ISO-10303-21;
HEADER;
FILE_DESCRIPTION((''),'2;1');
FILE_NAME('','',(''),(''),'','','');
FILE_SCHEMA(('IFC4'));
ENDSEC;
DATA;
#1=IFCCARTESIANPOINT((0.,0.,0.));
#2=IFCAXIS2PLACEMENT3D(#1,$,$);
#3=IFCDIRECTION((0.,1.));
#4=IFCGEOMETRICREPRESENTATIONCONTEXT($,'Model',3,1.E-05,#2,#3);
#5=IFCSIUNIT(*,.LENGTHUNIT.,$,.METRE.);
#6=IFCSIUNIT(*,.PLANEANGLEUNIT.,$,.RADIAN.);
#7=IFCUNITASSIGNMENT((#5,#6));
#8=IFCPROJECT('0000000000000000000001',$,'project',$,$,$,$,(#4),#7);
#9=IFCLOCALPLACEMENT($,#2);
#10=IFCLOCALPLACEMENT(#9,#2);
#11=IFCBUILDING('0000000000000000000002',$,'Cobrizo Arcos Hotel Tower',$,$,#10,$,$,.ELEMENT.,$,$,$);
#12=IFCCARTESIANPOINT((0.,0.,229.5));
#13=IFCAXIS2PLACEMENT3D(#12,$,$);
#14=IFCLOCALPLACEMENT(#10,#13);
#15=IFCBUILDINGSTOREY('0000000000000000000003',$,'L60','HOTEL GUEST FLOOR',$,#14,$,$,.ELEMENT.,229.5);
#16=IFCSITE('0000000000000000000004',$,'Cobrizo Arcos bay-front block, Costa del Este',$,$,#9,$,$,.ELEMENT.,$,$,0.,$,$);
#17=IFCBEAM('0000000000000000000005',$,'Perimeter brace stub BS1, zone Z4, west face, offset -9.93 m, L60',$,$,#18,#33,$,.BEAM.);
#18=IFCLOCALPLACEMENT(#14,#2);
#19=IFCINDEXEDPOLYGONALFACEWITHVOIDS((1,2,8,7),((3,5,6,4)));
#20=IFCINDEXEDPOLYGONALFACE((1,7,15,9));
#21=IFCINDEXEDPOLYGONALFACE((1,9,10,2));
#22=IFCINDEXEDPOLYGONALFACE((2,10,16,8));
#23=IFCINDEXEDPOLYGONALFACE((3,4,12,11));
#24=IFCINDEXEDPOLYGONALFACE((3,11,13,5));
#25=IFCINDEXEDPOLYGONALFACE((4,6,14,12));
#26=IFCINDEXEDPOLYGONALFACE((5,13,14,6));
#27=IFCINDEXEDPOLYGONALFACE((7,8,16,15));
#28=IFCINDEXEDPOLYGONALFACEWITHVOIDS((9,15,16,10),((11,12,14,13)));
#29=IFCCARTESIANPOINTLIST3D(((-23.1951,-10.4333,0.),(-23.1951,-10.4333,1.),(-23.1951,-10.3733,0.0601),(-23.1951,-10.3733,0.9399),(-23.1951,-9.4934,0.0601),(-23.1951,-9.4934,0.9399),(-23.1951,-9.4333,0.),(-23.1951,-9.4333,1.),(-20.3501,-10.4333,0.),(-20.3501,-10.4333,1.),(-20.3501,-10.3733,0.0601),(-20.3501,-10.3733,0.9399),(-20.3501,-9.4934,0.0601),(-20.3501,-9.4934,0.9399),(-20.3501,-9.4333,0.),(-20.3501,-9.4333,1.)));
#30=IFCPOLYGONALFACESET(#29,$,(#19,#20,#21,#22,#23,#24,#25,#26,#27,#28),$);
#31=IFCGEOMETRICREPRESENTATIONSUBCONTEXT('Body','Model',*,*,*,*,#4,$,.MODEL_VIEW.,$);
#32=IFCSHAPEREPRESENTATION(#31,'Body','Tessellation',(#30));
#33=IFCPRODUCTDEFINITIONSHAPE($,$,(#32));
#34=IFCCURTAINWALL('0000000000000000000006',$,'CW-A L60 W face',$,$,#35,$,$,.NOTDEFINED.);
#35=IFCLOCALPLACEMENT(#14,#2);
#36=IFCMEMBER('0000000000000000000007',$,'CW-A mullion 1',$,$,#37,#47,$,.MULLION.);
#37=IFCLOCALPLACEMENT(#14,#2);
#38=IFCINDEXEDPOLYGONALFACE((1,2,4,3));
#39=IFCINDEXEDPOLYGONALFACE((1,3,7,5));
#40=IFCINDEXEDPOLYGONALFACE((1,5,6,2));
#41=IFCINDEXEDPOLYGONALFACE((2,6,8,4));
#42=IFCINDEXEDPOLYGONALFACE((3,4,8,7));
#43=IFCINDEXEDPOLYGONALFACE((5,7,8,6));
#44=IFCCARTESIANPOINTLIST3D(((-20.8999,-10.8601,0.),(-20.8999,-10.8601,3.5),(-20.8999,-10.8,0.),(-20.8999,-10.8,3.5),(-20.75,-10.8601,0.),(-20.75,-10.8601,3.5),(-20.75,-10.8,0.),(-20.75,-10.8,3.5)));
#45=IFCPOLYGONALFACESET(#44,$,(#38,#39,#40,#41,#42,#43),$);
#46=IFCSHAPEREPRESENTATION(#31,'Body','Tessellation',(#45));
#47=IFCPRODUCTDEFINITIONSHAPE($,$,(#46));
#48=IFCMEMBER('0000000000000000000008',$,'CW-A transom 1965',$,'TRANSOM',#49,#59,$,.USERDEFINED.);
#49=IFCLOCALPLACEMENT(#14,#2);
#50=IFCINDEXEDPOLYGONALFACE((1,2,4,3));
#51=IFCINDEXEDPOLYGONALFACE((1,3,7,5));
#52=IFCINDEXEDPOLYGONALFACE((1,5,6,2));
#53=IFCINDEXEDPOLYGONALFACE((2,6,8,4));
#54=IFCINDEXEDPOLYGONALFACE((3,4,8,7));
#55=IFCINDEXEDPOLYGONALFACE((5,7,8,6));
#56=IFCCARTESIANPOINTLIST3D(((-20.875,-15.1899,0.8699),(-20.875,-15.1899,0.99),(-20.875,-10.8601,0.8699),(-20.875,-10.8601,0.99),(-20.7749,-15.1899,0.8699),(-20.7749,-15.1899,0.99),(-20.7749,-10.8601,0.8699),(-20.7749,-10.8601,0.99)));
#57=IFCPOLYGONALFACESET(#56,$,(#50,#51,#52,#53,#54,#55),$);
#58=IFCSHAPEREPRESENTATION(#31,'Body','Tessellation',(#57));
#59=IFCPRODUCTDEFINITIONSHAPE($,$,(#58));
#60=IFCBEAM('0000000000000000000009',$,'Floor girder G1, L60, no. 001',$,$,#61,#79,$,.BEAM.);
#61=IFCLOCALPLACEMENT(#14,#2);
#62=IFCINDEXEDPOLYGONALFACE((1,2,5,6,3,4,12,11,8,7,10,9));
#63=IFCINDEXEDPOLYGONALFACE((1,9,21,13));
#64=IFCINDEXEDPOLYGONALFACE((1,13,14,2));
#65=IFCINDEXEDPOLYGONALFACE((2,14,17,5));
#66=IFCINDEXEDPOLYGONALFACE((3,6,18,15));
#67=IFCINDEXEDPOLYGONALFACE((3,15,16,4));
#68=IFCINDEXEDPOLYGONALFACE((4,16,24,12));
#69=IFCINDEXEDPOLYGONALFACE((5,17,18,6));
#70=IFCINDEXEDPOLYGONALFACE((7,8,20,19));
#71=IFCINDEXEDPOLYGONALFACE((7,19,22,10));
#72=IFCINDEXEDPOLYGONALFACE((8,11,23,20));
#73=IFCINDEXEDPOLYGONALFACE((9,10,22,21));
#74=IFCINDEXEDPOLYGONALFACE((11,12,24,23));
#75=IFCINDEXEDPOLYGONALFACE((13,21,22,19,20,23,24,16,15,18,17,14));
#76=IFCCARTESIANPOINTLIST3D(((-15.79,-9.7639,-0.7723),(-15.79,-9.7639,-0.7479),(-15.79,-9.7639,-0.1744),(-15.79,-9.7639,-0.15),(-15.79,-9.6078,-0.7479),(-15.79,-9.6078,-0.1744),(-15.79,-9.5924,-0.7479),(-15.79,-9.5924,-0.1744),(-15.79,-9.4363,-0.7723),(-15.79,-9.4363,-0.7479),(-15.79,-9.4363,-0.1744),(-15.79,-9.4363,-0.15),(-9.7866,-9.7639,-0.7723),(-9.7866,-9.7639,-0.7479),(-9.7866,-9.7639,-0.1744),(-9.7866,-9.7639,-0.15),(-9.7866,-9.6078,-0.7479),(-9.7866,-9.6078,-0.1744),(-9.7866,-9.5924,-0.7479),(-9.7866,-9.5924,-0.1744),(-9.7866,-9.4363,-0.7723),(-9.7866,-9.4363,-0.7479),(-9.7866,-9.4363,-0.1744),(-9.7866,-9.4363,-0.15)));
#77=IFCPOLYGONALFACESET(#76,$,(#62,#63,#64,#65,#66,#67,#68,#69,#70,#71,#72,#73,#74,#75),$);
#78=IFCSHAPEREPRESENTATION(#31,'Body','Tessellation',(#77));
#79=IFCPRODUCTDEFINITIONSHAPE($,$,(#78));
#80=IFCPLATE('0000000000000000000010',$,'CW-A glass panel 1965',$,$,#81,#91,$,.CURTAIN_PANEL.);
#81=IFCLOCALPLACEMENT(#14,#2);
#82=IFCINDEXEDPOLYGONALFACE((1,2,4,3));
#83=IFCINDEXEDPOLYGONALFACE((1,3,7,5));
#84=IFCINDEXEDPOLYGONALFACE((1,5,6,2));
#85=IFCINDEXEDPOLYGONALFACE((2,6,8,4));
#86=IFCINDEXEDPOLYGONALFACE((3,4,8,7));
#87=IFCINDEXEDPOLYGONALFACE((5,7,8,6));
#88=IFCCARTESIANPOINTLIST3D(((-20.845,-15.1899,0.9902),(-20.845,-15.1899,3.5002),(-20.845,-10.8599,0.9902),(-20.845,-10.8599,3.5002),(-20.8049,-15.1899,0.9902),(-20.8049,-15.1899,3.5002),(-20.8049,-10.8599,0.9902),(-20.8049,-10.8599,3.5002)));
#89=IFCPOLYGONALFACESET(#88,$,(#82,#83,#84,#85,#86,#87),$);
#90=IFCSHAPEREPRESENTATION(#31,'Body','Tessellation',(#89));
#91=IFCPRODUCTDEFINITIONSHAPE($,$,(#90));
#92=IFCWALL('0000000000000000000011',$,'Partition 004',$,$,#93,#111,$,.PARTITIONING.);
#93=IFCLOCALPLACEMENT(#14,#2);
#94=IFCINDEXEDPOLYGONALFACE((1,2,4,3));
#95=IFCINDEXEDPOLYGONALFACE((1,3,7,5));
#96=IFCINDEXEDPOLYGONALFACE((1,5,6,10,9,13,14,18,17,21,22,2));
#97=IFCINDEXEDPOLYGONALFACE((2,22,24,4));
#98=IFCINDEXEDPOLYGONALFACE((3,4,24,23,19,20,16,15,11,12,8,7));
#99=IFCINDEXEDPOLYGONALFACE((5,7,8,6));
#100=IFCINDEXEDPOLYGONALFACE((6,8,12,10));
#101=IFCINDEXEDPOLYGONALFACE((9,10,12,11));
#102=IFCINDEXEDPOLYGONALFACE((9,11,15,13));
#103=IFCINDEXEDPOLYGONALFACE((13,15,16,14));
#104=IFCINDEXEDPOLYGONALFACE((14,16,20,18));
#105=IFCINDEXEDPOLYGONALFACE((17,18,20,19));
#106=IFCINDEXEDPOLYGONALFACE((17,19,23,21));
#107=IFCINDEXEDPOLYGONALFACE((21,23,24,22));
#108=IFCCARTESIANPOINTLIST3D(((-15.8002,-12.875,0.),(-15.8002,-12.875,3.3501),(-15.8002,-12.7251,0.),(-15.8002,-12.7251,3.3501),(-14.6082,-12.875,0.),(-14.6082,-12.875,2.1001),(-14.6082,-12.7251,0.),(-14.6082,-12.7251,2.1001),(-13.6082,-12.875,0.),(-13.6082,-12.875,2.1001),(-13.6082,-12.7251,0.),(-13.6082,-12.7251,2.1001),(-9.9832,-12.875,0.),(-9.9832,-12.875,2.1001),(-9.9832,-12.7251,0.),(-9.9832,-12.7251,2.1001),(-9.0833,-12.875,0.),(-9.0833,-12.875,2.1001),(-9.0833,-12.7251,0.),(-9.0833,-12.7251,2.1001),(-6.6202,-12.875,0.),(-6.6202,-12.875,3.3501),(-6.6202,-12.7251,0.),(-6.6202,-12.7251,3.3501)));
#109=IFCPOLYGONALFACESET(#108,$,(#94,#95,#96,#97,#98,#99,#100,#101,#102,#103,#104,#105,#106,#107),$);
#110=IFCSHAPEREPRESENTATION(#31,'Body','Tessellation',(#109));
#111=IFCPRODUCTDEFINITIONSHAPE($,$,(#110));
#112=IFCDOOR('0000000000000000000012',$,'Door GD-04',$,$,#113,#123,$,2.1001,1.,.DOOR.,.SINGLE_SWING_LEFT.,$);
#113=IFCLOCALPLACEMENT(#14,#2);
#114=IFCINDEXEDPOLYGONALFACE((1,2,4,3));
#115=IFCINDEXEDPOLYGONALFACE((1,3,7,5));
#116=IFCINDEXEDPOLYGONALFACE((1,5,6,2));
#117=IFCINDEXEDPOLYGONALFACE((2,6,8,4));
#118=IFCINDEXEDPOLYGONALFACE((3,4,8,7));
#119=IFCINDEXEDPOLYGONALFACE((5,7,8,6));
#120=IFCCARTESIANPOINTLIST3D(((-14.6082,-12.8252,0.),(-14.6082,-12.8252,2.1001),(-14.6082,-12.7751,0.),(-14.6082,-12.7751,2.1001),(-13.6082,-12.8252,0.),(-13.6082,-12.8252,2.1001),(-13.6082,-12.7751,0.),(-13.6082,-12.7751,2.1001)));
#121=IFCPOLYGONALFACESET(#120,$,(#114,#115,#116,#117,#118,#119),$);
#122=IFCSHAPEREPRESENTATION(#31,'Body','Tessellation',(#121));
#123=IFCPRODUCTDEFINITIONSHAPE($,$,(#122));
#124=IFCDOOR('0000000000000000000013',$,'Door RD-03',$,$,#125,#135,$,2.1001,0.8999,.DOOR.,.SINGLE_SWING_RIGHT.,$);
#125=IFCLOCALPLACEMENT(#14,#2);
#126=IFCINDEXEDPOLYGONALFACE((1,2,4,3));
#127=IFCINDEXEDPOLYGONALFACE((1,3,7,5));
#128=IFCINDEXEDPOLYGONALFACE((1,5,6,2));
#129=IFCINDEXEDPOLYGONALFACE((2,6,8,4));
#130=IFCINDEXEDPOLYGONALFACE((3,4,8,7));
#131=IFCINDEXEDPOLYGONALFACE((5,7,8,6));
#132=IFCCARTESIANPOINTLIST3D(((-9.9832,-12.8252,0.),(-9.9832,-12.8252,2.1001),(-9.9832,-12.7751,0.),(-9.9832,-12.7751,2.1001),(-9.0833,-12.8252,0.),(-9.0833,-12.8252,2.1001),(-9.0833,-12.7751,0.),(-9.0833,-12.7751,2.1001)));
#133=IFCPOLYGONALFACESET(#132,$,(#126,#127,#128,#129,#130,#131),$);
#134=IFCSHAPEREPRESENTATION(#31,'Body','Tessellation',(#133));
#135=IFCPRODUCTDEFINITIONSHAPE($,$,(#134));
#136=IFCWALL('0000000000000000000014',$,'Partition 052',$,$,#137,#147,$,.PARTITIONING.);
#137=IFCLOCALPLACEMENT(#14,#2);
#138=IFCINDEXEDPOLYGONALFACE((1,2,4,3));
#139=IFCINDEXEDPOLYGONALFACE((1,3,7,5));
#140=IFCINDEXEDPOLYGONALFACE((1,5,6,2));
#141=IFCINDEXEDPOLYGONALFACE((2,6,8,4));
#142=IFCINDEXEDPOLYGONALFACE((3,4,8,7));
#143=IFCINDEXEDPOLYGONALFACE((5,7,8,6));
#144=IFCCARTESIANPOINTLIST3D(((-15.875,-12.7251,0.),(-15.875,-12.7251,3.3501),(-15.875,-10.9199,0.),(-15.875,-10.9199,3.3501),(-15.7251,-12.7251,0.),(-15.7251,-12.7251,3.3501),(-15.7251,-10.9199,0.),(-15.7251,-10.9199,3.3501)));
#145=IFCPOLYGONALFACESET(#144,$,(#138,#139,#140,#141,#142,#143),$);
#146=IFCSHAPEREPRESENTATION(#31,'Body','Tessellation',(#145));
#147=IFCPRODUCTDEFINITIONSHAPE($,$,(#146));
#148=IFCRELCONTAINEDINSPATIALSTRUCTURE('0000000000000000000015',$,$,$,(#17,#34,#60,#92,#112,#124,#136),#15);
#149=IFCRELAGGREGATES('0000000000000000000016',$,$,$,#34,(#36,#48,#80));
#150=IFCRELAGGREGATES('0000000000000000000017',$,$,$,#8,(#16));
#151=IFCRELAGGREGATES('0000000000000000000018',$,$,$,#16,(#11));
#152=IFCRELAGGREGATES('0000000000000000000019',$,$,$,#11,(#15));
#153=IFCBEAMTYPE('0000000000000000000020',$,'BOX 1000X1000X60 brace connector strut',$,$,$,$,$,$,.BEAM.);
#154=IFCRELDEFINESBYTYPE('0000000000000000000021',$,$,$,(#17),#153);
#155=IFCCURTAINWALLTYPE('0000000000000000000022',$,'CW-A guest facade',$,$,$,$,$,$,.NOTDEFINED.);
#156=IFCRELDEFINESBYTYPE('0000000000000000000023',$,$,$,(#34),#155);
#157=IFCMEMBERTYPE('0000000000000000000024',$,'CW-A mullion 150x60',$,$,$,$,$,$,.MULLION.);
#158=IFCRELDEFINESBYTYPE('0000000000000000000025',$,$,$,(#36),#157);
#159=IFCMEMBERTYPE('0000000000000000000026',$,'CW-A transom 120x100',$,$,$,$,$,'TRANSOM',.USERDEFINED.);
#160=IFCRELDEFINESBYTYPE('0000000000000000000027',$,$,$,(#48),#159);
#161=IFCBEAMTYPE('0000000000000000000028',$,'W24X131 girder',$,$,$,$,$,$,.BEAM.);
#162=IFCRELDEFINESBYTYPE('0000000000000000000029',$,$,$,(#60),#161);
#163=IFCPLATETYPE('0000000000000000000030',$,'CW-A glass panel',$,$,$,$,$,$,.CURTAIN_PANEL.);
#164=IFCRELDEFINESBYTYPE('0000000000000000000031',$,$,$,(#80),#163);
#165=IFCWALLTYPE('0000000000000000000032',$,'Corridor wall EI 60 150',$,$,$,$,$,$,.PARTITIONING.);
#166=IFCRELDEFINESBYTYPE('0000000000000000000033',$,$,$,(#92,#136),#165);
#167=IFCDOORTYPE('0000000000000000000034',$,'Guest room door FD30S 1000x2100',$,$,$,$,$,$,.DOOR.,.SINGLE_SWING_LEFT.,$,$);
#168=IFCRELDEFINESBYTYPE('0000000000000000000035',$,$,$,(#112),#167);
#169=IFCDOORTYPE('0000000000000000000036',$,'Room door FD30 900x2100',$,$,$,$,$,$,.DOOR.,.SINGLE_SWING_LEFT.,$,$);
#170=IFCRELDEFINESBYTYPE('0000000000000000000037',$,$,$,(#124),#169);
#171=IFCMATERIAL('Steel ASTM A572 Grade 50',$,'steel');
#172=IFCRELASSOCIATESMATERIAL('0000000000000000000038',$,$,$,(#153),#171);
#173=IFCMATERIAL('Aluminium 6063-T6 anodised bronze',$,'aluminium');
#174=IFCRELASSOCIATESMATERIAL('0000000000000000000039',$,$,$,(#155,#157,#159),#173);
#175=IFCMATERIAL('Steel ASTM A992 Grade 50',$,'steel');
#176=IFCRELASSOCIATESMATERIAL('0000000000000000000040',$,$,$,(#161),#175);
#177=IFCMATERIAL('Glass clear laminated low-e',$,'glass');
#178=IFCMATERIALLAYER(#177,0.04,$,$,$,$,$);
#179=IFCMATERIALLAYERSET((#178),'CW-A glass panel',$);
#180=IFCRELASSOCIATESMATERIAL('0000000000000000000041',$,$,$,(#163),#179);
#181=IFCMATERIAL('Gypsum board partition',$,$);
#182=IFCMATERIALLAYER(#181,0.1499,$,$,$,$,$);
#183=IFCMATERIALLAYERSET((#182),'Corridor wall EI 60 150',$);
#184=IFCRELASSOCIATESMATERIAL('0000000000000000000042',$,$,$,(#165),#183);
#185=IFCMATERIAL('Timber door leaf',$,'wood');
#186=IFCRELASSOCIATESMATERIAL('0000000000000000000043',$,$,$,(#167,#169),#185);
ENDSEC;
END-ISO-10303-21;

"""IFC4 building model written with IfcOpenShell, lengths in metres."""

from ifc_helpers import new_model, si_unit, direction, frame, frame_2d, origin, origin_2d, place, context, subcontext, project, spatial, rectangle, hollow_rectangle, i_section, extrude, material, layer, layer_set, material_profile, profile_set, type_object, element, fill, aggregate, save


model = new_model("IFC4")

# Units and contexts
model_context = context("Model", 3, precision=1e-05, world=origin(), true_north=direction((0.0, 1.0)))
body_context = subcontext(model_context, "Body", "Model", "MODEL_VIEW")
ifc_project = project(units=[si_unit("LENGTHUNIT", "METRE"), si_unit("PLANEANGLEUNIT", "RADIAN")], contexts=[model_context])

# Site, building, storey
site_placement = place(None, origin())
site = spatial("IfcSite", under=ifc_project, at=site_placement, Name="Cobrizo Arcos bay-front block, Costa del Este", CompositionType="ELEMENT", RefElevation=0.0)
building_placement = place(site_placement, origin())
building = spatial("IfcBuilding", under=site, at=building_placement, Name="Cobrizo Arcos Hotel Tower", CompositionType="ELEMENT")
storey_placement = place(building_placement, frame((0.0, 0.0, 229.5)))
storey = spatial("IfcBuildingStorey", under=building, at=storey_placement, Name="L60", Description="HOTEL GUEST FLOOR", CompositionType="ELEMENT", Elevation=229.5)

# Beam
ifc_material_1 = material(Name="Steel ASTM A572 Grade 50", Category="steel")
ifc_material_profile_1 = material_profile(ifc_material_1, hollow_rectangle(XDim=1.0, YDim=1.0, WallThickness=0.0601, at=origin_2d()), Name="BOX 1000X1000X60")
ifc_profile_set_1 = profile_set([ifc_material_profile_1], Name="Steel ASTM A572 Grade 50")
beam_type_1 = type_object("IfcBeamType", Name="BOX 1000X1000X60 brace connector strut", PredefinedType="BEAM", material=ifc_profile_set_1)
beam_1_placement = place(storey_placement, frame((-20.3501, -9.9333, 0.5), z_axis=(-1.0, 0.0, 0.0), x_axis=(0.0, -1.0, 0.0)))
element("IfcBeam", 1, at=beam_1_placement, inside=storey, type_object=beam_type_1, Name="Perimeter brace stub BS1, zone Z4, west face, offset -9.93 m, L60", PredefinedType="BEAM", context=body_context, shape_type="SweptSolid", body=[
    extrude(hollow_rectangle(XDim=1.0, YDim=1.0, WallThickness=0.0601, at=origin_2d()), origin(), (0.0, 0.0, 1.0), 2.845),
])

# Curtain wall, members
ifc_material_2 = material(Name="Aluminium 6063-T6 anodised bronze", Category="aluminium")
curtain_wall_type = type_object("IfcCurtainWallType", Name="CW-A guest facade", PredefinedType="NOTDEFINED", material=ifc_material_2)
curtain_wall_placement = place(storey_placement, origin())
curtain_wall = element("IfcCurtainWall", 2, at=curtain_wall_placement, inside=storey, type_object=curtain_wall_type, Name="CW-A L60 W face", PredefinedType="NOTDEFINED")
ifc_material_profile_2 = material_profile(ifc_material_2, rectangle(XDim=0.1499, YDim=0.0601, at=origin_2d()), Name="CW-A mullion 150x60")
ifc_profile_set_2 = profile_set([ifc_material_profile_2], Name="Aluminium 6063-T6 anodised bronze")
member_type_1 = type_object("IfcMemberType", Name="CW-A mullion 150x60", PredefinedType="MULLION", material=ifc_profile_set_2)
member_1_placement = place(storey_placement, frame((-20.825, -10.8301, 0.0), z_axis=(0.0, 0.0, 1.0), x_axis=(-1.0, 0.0, 0.0)))
member_1 = element("IfcMember", 3, at=member_1_placement, type_object=member_type_1, Name="CW-A mullion 1", PredefinedType="MULLION", context=body_context, shape_type="SweptSolid", body=[
    extrude(rectangle(XDim=0.1499, YDim=0.0601, at=origin_2d()), origin(), (0.0, 0.0, 1.0), 3.5),
])
ifc_material_profile_3 = material_profile(ifc_material_2, rectangle(XDim=0.1001, YDim=0.1201, at=origin_2d()), Name="CW-A transom 120x100")
ifc_profile_set_3 = profile_set([ifc_material_profile_3], Name="Aluminium 6063-T6 anodised bronze")
member_type_2 = type_object("IfcMemberType", Name="CW-A transom 120x100", ElementType="TRANSOM", PredefinedType="USERDEFINED", material=ifc_profile_set_3)
member_2_placement = place(storey_placement, frame((-20.825, -10.8601, 0.9299), z_axis=(0.0, -1.0, 0.0), x_axis=(1.0, 0.0, 0.0)))
member_2 = element("IfcMember", 4, at=member_2_placement, type_object=member_type_2, Name="CW-A transom 1965", ObjectType="TRANSOM", PredefinedType="USERDEFINED", context=body_context, shape_type="SweptSolid", body=[
    extrude(rectangle(XDim=0.1001, YDim=0.1201, at=origin_2d()), origin(), (0.0, 0.0, 1.0), 4.3298),
])

# Beam
ifc_material_3 = material(Name="Steel ASTM A992 Grade 50", Category="steel")
ifc_material_profile_4 = material_profile(ifc_material_3, i_section(OverallWidth=0.3276, OverallDepth=0.6223, WebThickness=0.0154, FlangeThickness=0.0244, at=origin_2d()), Name="W24X131")
ifc_profile_set_4 = profile_set([ifc_material_profile_4], Name="Steel ASTM A992 Grade 50")
beam_type_2 = type_object("IfcBeamType", Name="W24X131 girder", PredefinedType="BEAM", material=ifc_profile_set_4)
beam_2_placement = place(storey_placement, frame((-15.79, -9.6001, -0.4612), z_axis=(1.0, 0.0, 0.0), x_axis=(0.0, 1.0, 0.0)))
element("IfcBeam", 5, at=beam_2_placement, inside=storey, type_object=beam_type_2, Name="Floor girder G1, L60, no. 001", PredefinedType="BEAM", context=body_context, shape_type="SweptSolid", body=[
    extrude(i_section(OverallWidth=0.3276, OverallDepth=0.6223, WebThickness=0.0154, FlangeThickness=0.0244, at=origin_2d()), origin(), (0.0, 0.0, 1.0), 6.0034),
])

# Plate
ifc_material_4 = material(Name="Glass clear laminated low-e", Category="glass")
ifc_layer_1 = layer(ifc_material_4, 0.04)
ifc_layer_set_1 = layer_set([ifc_layer_1], Name="CW-A glass panel")
plate_type = type_object("IfcPlateType", Name="CW-A glass panel", PredefinedType="CURTAIN_PANEL", material=ifc_layer_set_1)
plate_placement = place(storey_placement, frame((-20.825, -13.0249, 0.9902), z_axis=(0.0, 0.0, 1.0), x_axis=(0.0, -1.0, 0.0)))
plate = element("IfcPlate", 6, at=plate_placement, type_object=plate_type, Name="CW-A glass panel 1965", PredefinedType="CURTAIN_PANEL", context=body_context, shape_type="SweptSolid", body=[
    extrude(rectangle(XDim=4.3301, YDim=0.04, at=origin_2d()), origin(), (0.0, 0.0, 1.0), 2.51),
])
aggregate(curtain_wall, [member_1, member_2, plate])

# Wall, openings, doors
ifc_material_5 = material(Name="Gypsum board partition")
ifc_layer_2 = layer(ifc_material_5, 0.1499)
ifc_layer_set_2 = layer_set([ifc_layer_2], Name="Corridor wall EI 60 150")
wall_type_1 = type_object("IfcWallType", Name="Corridor wall EI 60 150", PredefinedType="PARTITIONING", material=ifc_layer_set_2)
wall_1_placement = place(storey_placement, frame((-15.8, -12.8, 0.0), z_axis=(0.0, 0.0, 1.0), x_axis=(1.0, 0.0, 0.0)))
wall_1 = element("IfcWall", 7, at=wall_1_placement, inside=storey, type_object=wall_type_1, Name="Partition 004", PredefinedType="PARTITIONING", context=body_context, shape_type="SweptSolid", body=[
    extrude(rectangle(XDim=9.1799, YDim=0.1499, at=frame_2d((4.5898, 0.0))), origin(), (0.0, 0.0, 1.0), 3.3501),
])
opening_1_placement = place(wall_1_placement, frame((5.8169, 0.0, 0.0)))
opening_1 = element("IfcOpeningElement", 8, at=opening_1_placement, cuts=wall_1, PredefinedType="OPENING", context=body_context, shape_type="SweptSolid", body=[
    extrude(rectangle(XDim=0.8999, YDim=2.1001, at=frame_2d((0.45, 1.05))), frame((0.0, 0.0869, 0.0), z_axis=(0.0, -1.0, 0.0), x_axis=(1.0, 0.0, 0.0)), (0.0, 0.0, 1.0), 0.1738),
])
opening_2_placement = place(wall_1_placement, frame((1.1919, 0.0, 0.0)))
opening_2 = element("IfcOpeningElement", 9, at=opening_2_placement, cuts=wall_1, PredefinedType="OPENING", context=body_context, shape_type="SweptSolid", body=[
    extrude(rectangle(XDim=1.0, YDim=2.1001, at=frame_2d((0.5, 1.05))), frame((0.0, 0.0869, 0.0), z_axis=(0.0, -1.0, 0.0), x_axis=(1.0, 0.0, 0.0)), (0.0, 0.0, 1.0), 0.1738),
])
ifc_material_6 = material(Name="Timber door leaf", Category="wood")
door_type_1 = type_object("IfcDoorType", Name="Guest room door FD30S 1000x2100", OperationType="SINGLE_SWING_LEFT", PredefinedType="DOOR", material=ifc_material_6)
door_1_placement = place(opening_2_placement, origin())
door_1 = element("IfcDoor", 10, at=door_1_placement, inside=storey, type_object=door_type_1, Name="Door GD-04", OperationType="SINGLE_SWING_LEFT", OverallHeight=2.1001, OverallWidth=1.0, PredefinedType="DOOR", context=body_context, shape_type="SweptSolid", body=[
    extrude(rectangle(XDim=1.0, YDim=2.1001, at=frame_2d((0.5, 1.05))), frame((0.0, 0.0249, 0.0), z_axis=(0.0, -1.0, 0.0), x_axis=(1.0, 0.0, 0.0)), (0.0, 0.0, 1.0), 0.05),
])
fill(opening_2, door_1)
door_type_2 = type_object("IfcDoorType", Name="Room door FD30 900x2100", OperationType="SINGLE_SWING_LEFT", PredefinedType="DOOR", material=ifc_material_6)
door_2_placement = place(opening_1_placement, origin())
door_2 = element("IfcDoor", 11, at=door_2_placement, inside=storey, type_object=door_type_2, Name="Door RD-03", OperationType="SINGLE_SWING_RIGHT", OverallHeight=2.1001, OverallWidth=0.8999, PredefinedType="DOOR", context=body_context, shape_type="SweptSolid", body=[
    extrude(rectangle(XDim=0.8999, YDim=2.1001, at=frame_2d((0.45, 1.05))), frame((0.0, 0.0249, 0.0), z_axis=(0.0, -1.0, 0.0), x_axis=(1.0, 0.0, 0.0)), (0.0, 0.0, 1.0), 0.05),
])
fill(opening_1, door_2)

# Wall
wall_2_placement = place(storey_placement, frame((-15.8, -12.7251, 0.0), z_axis=(0.0, 0.0, 1.0), x_axis=(0.0, 1.0, 0.0)))
element("IfcWall", 12, at=wall_2_placement, inside=storey, type_object=wall_type_1, Name="Partition 052", PredefinedType="PARTITIONING", context=body_context, shape_type="SweptSolid", body=[
    extrude(rectangle(XDim=1.8052, YDim=0.1499, at=frame_2d((0.9026, 0.0))), origin(), (0.0, 0.0, 1.0), 3.3501),
])

save(model, "model.ifc")
